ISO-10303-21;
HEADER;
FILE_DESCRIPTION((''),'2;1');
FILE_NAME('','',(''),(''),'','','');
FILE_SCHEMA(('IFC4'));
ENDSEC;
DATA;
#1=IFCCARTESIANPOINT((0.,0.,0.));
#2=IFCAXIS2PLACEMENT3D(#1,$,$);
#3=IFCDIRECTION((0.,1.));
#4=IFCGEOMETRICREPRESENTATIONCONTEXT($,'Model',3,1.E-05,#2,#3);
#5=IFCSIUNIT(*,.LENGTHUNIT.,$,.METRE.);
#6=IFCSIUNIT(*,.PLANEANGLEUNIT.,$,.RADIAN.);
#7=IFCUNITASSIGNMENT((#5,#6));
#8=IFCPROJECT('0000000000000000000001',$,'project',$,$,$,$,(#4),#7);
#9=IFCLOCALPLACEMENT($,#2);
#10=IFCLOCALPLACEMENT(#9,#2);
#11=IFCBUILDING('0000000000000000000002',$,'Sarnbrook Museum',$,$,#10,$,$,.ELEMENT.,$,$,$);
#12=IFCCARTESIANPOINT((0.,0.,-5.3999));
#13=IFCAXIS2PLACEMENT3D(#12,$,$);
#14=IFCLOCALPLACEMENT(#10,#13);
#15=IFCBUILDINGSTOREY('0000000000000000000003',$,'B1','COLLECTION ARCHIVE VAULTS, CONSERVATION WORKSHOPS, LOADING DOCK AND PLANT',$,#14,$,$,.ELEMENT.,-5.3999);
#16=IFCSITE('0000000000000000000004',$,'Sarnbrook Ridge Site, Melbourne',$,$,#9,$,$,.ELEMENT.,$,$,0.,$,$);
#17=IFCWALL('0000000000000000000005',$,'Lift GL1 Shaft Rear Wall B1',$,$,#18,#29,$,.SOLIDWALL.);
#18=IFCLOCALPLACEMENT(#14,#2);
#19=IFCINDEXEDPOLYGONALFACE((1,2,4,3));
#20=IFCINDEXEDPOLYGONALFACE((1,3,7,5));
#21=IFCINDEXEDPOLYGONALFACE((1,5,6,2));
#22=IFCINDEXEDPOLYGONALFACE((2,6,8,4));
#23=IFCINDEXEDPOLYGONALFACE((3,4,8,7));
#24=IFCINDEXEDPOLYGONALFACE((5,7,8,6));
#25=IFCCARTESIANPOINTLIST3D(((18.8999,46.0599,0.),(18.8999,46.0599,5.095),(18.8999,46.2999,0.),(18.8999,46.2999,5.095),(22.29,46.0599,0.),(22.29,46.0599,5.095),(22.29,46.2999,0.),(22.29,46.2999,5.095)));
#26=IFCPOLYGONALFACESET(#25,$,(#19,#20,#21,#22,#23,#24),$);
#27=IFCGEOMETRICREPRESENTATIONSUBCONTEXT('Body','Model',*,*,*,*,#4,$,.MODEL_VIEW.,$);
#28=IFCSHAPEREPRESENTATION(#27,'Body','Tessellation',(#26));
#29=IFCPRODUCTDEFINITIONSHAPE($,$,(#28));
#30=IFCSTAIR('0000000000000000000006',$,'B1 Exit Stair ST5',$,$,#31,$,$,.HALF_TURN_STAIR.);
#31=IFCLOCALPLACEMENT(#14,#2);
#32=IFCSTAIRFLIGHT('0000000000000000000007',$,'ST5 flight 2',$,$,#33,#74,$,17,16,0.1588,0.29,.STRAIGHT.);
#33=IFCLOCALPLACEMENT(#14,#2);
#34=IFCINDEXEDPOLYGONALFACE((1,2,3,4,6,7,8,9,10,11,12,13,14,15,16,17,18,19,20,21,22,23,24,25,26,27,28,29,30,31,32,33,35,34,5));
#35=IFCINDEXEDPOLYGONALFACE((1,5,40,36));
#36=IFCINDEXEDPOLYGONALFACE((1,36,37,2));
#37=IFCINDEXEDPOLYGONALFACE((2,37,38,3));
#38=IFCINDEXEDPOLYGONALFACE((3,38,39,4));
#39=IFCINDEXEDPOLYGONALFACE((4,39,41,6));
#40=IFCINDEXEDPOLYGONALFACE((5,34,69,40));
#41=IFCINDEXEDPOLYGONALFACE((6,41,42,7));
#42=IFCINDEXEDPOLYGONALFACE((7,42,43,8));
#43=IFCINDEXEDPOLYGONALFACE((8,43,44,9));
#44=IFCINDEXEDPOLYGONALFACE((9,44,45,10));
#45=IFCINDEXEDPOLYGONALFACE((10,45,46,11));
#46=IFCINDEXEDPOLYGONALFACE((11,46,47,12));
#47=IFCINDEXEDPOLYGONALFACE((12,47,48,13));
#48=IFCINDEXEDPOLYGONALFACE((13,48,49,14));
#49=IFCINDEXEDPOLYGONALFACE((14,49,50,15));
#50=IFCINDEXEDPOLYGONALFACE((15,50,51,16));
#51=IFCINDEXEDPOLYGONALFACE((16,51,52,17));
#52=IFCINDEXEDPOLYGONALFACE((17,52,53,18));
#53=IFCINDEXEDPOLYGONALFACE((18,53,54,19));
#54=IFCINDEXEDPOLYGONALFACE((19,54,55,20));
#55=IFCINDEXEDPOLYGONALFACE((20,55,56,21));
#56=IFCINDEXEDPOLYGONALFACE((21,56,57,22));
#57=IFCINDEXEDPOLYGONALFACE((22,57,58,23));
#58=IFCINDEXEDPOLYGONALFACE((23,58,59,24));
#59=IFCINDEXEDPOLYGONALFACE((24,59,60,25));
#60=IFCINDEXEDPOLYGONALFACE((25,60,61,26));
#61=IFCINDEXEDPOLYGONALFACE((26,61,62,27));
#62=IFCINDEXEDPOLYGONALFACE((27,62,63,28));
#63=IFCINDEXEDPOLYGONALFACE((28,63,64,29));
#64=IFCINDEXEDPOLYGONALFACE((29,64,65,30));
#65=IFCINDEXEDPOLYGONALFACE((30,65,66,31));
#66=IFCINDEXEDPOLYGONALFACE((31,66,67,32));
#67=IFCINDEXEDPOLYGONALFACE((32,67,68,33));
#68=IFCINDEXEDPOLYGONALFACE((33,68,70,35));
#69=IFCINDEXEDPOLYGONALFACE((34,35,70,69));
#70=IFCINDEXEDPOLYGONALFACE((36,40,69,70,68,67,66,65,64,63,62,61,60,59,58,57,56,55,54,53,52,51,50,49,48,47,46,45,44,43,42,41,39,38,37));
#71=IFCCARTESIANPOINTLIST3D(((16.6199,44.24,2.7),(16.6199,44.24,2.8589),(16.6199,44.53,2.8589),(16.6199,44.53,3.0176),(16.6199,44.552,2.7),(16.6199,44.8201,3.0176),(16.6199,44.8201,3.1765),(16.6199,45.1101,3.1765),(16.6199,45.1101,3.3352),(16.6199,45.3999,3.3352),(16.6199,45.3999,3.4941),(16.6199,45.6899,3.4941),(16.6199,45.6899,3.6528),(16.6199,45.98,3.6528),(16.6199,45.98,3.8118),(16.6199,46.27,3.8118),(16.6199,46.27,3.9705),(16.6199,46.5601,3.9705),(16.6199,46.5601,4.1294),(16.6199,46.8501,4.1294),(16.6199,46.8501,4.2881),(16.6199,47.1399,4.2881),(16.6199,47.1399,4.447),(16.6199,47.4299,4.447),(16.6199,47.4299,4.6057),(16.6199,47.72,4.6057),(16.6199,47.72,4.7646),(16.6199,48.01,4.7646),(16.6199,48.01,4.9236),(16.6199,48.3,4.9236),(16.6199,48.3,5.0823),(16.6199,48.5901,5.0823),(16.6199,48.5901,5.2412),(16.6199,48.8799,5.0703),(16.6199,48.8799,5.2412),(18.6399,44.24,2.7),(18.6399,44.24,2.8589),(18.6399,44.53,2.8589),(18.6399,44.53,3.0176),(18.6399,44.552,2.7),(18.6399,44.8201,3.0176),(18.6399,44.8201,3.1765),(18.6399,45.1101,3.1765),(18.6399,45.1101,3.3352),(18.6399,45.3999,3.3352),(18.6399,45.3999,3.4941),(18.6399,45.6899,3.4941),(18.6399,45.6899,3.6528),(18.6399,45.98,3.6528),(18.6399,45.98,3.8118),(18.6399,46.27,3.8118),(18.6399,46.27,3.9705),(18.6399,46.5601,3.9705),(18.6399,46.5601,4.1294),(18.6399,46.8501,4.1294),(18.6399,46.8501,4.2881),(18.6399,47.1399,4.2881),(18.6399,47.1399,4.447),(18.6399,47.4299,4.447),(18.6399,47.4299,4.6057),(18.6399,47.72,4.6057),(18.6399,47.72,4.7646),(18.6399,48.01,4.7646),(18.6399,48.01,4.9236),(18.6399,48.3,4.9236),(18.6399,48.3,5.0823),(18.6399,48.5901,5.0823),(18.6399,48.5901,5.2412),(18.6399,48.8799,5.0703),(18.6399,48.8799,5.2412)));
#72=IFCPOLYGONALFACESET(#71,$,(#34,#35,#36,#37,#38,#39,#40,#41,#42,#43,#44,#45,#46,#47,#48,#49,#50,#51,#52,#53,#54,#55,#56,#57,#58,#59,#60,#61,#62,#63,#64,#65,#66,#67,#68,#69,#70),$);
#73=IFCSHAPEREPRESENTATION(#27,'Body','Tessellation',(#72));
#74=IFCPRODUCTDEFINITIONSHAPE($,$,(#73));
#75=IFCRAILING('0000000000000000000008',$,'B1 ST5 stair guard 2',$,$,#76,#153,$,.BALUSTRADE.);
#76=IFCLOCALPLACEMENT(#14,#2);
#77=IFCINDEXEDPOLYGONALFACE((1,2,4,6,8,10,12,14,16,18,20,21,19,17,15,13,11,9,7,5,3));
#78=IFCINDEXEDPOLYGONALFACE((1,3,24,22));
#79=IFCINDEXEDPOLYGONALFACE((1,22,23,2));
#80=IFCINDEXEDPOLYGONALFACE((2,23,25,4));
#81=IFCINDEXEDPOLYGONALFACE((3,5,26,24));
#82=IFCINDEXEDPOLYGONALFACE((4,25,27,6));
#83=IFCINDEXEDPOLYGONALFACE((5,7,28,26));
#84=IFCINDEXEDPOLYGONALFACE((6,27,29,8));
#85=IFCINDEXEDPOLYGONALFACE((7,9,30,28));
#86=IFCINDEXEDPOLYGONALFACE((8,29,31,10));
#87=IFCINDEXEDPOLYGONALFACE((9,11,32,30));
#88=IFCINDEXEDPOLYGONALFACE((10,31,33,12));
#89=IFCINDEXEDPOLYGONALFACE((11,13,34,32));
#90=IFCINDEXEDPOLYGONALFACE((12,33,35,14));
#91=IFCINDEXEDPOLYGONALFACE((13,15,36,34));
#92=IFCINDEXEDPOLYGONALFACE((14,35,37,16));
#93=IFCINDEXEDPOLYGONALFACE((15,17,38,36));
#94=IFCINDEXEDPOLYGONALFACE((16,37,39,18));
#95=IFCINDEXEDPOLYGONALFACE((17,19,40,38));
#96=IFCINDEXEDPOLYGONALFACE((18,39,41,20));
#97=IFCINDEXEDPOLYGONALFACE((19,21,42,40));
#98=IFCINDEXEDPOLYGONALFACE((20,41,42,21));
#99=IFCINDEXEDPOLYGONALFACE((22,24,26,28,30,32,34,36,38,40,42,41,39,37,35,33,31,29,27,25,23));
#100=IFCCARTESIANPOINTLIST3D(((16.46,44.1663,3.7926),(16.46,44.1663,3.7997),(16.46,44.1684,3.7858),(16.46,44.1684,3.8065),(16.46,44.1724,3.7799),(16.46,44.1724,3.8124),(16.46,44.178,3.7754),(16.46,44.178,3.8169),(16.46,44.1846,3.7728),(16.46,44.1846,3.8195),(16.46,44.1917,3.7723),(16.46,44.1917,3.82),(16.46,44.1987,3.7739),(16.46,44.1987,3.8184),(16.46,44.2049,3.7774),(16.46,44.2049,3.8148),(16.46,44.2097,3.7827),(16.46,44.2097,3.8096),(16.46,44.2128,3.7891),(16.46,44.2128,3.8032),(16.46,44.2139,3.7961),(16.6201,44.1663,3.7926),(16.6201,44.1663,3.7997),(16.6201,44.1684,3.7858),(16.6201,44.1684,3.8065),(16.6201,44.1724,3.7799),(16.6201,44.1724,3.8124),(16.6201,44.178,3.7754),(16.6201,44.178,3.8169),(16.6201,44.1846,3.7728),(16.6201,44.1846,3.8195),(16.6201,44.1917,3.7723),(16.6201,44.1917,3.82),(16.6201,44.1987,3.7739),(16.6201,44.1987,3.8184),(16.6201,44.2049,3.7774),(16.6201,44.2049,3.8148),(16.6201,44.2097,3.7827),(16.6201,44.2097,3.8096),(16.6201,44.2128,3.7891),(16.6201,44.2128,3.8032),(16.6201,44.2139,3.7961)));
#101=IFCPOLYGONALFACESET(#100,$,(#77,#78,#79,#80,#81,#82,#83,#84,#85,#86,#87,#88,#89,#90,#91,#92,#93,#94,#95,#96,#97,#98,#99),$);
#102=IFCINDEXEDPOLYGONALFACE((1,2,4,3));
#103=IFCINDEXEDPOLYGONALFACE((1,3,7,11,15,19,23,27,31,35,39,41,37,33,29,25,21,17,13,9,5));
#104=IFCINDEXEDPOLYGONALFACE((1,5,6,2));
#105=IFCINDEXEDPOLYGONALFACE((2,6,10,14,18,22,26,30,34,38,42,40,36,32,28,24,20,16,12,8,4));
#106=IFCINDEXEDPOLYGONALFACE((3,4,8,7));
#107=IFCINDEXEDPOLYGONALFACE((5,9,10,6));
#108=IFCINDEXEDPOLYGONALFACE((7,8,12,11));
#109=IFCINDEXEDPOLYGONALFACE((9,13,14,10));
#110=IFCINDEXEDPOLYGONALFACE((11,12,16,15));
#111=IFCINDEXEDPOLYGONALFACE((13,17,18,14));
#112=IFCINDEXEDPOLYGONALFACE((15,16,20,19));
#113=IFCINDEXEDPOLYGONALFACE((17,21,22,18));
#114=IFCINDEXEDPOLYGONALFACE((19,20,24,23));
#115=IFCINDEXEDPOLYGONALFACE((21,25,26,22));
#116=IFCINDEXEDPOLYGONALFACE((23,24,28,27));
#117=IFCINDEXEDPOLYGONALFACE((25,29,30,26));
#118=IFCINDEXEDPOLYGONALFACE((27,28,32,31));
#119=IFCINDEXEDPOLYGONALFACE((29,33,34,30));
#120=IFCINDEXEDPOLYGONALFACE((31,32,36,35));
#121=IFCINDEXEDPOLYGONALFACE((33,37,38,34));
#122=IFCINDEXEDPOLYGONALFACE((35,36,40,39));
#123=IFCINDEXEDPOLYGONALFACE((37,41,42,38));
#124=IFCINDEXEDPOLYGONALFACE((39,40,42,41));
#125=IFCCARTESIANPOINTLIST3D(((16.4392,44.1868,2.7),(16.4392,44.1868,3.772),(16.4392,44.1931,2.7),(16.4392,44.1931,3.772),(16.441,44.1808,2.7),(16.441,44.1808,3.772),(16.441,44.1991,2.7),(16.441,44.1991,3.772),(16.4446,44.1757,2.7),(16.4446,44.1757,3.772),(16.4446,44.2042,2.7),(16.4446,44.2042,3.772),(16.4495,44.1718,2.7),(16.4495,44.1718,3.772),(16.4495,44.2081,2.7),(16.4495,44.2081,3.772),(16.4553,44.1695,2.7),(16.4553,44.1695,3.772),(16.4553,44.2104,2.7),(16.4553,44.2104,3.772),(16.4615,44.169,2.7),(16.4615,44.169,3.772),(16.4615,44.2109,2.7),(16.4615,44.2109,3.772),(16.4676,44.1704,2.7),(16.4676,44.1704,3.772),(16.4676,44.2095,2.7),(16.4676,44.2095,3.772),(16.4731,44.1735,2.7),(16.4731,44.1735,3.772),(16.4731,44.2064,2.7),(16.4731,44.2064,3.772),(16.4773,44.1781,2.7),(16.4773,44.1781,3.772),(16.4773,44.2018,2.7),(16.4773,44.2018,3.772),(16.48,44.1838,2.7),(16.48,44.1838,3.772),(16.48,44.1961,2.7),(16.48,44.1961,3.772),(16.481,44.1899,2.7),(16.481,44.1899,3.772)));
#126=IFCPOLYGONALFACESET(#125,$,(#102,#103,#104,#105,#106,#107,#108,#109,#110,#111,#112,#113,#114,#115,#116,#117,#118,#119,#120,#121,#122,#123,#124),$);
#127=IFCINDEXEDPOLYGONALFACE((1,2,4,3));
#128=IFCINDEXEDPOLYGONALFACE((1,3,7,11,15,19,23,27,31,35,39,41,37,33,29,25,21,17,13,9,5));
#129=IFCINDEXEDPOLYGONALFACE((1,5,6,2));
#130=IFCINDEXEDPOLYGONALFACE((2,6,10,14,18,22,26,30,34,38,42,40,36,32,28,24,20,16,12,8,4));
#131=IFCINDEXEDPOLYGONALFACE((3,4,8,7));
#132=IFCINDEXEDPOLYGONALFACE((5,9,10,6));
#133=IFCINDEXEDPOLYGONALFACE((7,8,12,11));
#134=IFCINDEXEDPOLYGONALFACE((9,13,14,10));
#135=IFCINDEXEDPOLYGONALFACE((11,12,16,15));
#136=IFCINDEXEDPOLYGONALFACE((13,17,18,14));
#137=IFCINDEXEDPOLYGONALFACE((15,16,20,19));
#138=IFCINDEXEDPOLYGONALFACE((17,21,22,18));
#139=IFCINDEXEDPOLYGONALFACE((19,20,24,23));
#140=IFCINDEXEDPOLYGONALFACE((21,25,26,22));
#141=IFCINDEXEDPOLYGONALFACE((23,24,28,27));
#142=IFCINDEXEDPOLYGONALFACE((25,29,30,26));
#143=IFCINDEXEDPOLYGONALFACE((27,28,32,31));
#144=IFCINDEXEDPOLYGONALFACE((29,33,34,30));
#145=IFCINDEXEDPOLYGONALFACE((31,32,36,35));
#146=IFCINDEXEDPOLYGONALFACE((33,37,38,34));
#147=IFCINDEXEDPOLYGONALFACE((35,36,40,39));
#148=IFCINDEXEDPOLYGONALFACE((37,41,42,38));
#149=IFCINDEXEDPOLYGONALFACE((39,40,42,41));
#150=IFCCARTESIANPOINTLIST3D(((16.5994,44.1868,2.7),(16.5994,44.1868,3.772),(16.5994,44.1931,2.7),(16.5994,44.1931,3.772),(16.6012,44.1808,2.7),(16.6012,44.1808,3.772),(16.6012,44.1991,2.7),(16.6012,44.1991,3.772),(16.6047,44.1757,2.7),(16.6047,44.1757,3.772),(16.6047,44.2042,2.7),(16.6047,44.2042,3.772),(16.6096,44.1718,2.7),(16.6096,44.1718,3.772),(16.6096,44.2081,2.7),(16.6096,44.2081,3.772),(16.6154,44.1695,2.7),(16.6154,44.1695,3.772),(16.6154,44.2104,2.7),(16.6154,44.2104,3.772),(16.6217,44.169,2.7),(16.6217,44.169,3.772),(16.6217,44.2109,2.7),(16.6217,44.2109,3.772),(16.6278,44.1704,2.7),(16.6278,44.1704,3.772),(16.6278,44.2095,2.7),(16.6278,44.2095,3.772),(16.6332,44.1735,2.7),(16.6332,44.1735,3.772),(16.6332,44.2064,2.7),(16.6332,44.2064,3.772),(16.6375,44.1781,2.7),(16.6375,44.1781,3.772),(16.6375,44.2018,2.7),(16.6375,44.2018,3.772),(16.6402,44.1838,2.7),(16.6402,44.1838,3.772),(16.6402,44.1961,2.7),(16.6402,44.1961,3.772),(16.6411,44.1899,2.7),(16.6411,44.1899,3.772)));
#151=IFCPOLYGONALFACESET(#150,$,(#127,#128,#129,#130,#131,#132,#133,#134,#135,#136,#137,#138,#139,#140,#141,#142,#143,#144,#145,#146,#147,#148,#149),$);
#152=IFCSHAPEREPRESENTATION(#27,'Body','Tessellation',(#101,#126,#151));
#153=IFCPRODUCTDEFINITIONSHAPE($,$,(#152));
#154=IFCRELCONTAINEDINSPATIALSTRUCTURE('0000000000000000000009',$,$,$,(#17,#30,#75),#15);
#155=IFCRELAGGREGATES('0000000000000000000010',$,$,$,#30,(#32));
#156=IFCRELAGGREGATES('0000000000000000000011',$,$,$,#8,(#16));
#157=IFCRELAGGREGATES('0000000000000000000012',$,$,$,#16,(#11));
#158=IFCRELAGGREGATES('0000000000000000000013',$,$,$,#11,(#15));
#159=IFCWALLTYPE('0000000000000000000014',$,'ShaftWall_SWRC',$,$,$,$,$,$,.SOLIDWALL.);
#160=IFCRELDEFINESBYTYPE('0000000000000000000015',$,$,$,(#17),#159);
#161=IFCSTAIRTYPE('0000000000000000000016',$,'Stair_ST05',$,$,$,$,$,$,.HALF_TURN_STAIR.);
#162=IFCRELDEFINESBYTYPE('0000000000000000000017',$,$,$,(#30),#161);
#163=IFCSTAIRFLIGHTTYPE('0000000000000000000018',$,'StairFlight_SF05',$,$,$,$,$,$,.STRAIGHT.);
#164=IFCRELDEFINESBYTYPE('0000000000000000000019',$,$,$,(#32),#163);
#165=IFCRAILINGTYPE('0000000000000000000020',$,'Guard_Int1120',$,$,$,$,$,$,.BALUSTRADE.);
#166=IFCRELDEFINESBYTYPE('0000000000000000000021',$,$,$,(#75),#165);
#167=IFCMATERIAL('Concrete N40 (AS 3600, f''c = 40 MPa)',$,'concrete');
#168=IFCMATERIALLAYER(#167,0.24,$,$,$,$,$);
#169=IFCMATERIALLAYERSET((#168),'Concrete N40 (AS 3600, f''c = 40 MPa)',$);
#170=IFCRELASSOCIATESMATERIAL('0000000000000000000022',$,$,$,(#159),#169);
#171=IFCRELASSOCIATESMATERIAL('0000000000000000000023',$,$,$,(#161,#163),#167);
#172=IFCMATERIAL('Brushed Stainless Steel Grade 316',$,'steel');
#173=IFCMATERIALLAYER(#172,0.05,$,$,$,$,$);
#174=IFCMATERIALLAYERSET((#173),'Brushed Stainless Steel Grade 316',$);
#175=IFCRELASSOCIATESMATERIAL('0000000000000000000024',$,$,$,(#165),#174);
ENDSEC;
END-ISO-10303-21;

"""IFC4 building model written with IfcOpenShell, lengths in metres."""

from ifc_helpers import new_model, si_unit, direction, frame, frame_2d, origin, origin_2d, place, context, subcontext, project, spatial, polyline, rectangle, circle, outline, extrude, material, layer, layer_set, type_object, element, aggregate, save


model = new_model("IFC4")

# Units and contexts
model_context = context("Model", 3, precision=1e-05, world=origin(), true_north=direction((0.0, 1.0)))
body_context = subcontext(model_context, "Body", "Model", "MODEL_VIEW")
ifc_project = project(units=[si_unit("LENGTHUNIT", "METRE"), si_unit("PLANEANGLEUNIT", "RADIAN")], contexts=[model_context])

# Site, building, storey
site_placement = place(None, origin())
site = spatial("IfcSite", under=ifc_project, at=site_placement, Name="Sarnbrook Ridge Site, Melbourne", CompositionType="ELEMENT", RefElevation=0.0)
building_placement = place(site_placement, origin())
building = spatial("IfcBuilding", under=site, at=building_placement, Name="Sarnbrook Museum", CompositionType="ELEMENT")
storey_placement = place(building_placement, frame((0.0, 0.0, -5.3999)))
storey = spatial("IfcBuildingStorey", under=building, at=storey_placement, Name="B1", Description="COLLECTION ARCHIVE VAULTS, CONSERVATION WORKSHOPS, LOADING DOCK AND PLANT", CompositionType="ELEMENT", Elevation=-5.3999)

# Shared definitions
ifc_material_1 = material(Name="Concrete N40 (AS 3600, f'c = 40 MPa)", Category="concrete")

# Wall
ifc_layer_1 = layer(ifc_material_1, 0.24)
ifc_layer_set_1 = layer_set([ifc_layer_1], Name="Concrete N40 (AS 3600, f'c = 40 MPa)")
wall_type_1 = type_object("IfcWallType", Name="ShaftWall_SWRC", PredefinedType="SOLIDWALL", material=ifc_layer_set_1)
wall_1_placement = place(storey_placement, frame((18.8999, 46.1799, 0.0), z_axis=(0.0, 0.0, 1.0), x_axis=(1.0, 0.0, 0.0)))
element("IfcWall", 1, at=wall_1_placement, inside=storey, type_object=wall_type_1, Name="Lift GL1 Shaft Rear Wall B1", PredefinedType="SOLIDWALL", context=body_context, shape_type="SweptSolid", body=[
    extrude(rectangle(XDim=3.3901, YDim=0.24, at=frame_2d((1.6951, 0.0))), origin(), (0.0, 0.0, 1.0), 5.095),
])

# Stair, stair flight
stair_type = type_object("IfcStairType", Name="Stair_ST05", PredefinedType="HALF_TURN_STAIR", material=ifc_material_1)
stair_placement = place(storey_placement, origin())
stair = element("IfcStair", 2, at=stair_placement, inside=storey, type_object=stair_type, Name="B1 Exit Stair ST5", PredefinedType="HALF_TURN_STAIR")
stair_flight_type = type_object("IfcStairFlightType", Name="StairFlight_SF05", PredefinedType="STRAIGHT", material=ifc_material_1)
stair_flight_placement = place(storey_placement, frame((17.6299, 44.24, 2.7), z_axis=(0.0, 0.0, 1.0), x_axis=(0.0, 1.0, 0.0)))
stair_flight = element("IfcStairFlight", 3, at=stair_flight_placement, type_object=stair_flight_type, Name="ST5 flight 2", NumberOfRisers=17, NumberOfTreads=16, PredefinedType="STRAIGHT", RiserHeight=0.1588, TreadLength=0.29, context=body_context, shape_type="SweptSolid", body=[
    extrude(outline(polyline([(0.0, 0.0), (0.0, 0.1589), (0.29, 0.1589), (0.29, 0.3176), (0.5801, 0.3176), (0.5801, 0.4766), (0.8701, 0.4766), (0.8701, 0.6353), (1.1599, 0.6353), (1.1599, 0.7942), (1.45, 0.7942), (1.45, 0.9529), (1.74, 0.9529), (1.74, 1.1118), (2.03, 1.1118), (2.03, 1.2705), (2.3201, 1.2705), (2.3201, 1.4294), (2.6101, 1.4294), (2.6101, 1.5881), (2.8999, 1.5881), (2.8999, 1.7471), (3.1899, 1.7471), (3.1899, 1.9058), (3.48, 1.9058), (3.48, 2.0647), (3.77, 2.0647), (3.77, 2.2236), (4.0601, 2.2236), (4.0601, 2.3823), (4.3501, 2.3823), (4.3501, 2.5413), (4.6399, 2.5413), (4.6399, 2.7), (4.6399, 2.3704), (0.312, 0.0), (0.0, 0.0)])), frame((0.0, 1.01, 0.0), z_axis=(0.0, -1.0, 0.0), x_axis=(1.0, 0.0, 0.0)), (0.0, 0.0, 1.0), 2.02),
])
aggregate(stair, [stair_flight])

# Railing
ifc_material_2 = material(Name="Brushed Stainless Steel Grade 316", Category="steel")
ifc_layer_2 = layer(ifc_material_2, 0.05)
ifc_layer_set_2 = layer_set([ifc_layer_2], Name="Brushed Stainless Steel Grade 316")
railing_type_1 = type_object("IfcRailingType", Name="Guard_Int1120", PredefinedType="BALUSTRADE", material=ifc_layer_set_2)
railing_1_placement = place(storey_placement, frame((16.46, 44.1899, 2.7)))
element("IfcRailing", 4, at=railing_1_placement, inside=storey, type_object=railing_type_1, Name="B1 ST5 stair guard 2", PredefinedType="BALUSTRADE", context=body_context, shape_type="SweptSolid", body=[
    extrude(circle(Radius=0.0239, at=origin_2d()), frame((0.0, 0.0, 1.0962), z_axis=(1.0, 0.0, 0.0), x_axis=(0.0, 1.0, 0.0)), (0.0, 0.0, 1.0), 0.1602),
    extrude(circle(Radius=0.021, at=origin_2d()), origin(), (0.0, 0.0, 1.0), 1.072),
    extrude(circle(Radius=0.021, at=origin_2d()), frame((0.1602, 0.0, 0.0)), (0.0, 0.0, 1.0), 1.072),
])

save(model, "model.ifc")
